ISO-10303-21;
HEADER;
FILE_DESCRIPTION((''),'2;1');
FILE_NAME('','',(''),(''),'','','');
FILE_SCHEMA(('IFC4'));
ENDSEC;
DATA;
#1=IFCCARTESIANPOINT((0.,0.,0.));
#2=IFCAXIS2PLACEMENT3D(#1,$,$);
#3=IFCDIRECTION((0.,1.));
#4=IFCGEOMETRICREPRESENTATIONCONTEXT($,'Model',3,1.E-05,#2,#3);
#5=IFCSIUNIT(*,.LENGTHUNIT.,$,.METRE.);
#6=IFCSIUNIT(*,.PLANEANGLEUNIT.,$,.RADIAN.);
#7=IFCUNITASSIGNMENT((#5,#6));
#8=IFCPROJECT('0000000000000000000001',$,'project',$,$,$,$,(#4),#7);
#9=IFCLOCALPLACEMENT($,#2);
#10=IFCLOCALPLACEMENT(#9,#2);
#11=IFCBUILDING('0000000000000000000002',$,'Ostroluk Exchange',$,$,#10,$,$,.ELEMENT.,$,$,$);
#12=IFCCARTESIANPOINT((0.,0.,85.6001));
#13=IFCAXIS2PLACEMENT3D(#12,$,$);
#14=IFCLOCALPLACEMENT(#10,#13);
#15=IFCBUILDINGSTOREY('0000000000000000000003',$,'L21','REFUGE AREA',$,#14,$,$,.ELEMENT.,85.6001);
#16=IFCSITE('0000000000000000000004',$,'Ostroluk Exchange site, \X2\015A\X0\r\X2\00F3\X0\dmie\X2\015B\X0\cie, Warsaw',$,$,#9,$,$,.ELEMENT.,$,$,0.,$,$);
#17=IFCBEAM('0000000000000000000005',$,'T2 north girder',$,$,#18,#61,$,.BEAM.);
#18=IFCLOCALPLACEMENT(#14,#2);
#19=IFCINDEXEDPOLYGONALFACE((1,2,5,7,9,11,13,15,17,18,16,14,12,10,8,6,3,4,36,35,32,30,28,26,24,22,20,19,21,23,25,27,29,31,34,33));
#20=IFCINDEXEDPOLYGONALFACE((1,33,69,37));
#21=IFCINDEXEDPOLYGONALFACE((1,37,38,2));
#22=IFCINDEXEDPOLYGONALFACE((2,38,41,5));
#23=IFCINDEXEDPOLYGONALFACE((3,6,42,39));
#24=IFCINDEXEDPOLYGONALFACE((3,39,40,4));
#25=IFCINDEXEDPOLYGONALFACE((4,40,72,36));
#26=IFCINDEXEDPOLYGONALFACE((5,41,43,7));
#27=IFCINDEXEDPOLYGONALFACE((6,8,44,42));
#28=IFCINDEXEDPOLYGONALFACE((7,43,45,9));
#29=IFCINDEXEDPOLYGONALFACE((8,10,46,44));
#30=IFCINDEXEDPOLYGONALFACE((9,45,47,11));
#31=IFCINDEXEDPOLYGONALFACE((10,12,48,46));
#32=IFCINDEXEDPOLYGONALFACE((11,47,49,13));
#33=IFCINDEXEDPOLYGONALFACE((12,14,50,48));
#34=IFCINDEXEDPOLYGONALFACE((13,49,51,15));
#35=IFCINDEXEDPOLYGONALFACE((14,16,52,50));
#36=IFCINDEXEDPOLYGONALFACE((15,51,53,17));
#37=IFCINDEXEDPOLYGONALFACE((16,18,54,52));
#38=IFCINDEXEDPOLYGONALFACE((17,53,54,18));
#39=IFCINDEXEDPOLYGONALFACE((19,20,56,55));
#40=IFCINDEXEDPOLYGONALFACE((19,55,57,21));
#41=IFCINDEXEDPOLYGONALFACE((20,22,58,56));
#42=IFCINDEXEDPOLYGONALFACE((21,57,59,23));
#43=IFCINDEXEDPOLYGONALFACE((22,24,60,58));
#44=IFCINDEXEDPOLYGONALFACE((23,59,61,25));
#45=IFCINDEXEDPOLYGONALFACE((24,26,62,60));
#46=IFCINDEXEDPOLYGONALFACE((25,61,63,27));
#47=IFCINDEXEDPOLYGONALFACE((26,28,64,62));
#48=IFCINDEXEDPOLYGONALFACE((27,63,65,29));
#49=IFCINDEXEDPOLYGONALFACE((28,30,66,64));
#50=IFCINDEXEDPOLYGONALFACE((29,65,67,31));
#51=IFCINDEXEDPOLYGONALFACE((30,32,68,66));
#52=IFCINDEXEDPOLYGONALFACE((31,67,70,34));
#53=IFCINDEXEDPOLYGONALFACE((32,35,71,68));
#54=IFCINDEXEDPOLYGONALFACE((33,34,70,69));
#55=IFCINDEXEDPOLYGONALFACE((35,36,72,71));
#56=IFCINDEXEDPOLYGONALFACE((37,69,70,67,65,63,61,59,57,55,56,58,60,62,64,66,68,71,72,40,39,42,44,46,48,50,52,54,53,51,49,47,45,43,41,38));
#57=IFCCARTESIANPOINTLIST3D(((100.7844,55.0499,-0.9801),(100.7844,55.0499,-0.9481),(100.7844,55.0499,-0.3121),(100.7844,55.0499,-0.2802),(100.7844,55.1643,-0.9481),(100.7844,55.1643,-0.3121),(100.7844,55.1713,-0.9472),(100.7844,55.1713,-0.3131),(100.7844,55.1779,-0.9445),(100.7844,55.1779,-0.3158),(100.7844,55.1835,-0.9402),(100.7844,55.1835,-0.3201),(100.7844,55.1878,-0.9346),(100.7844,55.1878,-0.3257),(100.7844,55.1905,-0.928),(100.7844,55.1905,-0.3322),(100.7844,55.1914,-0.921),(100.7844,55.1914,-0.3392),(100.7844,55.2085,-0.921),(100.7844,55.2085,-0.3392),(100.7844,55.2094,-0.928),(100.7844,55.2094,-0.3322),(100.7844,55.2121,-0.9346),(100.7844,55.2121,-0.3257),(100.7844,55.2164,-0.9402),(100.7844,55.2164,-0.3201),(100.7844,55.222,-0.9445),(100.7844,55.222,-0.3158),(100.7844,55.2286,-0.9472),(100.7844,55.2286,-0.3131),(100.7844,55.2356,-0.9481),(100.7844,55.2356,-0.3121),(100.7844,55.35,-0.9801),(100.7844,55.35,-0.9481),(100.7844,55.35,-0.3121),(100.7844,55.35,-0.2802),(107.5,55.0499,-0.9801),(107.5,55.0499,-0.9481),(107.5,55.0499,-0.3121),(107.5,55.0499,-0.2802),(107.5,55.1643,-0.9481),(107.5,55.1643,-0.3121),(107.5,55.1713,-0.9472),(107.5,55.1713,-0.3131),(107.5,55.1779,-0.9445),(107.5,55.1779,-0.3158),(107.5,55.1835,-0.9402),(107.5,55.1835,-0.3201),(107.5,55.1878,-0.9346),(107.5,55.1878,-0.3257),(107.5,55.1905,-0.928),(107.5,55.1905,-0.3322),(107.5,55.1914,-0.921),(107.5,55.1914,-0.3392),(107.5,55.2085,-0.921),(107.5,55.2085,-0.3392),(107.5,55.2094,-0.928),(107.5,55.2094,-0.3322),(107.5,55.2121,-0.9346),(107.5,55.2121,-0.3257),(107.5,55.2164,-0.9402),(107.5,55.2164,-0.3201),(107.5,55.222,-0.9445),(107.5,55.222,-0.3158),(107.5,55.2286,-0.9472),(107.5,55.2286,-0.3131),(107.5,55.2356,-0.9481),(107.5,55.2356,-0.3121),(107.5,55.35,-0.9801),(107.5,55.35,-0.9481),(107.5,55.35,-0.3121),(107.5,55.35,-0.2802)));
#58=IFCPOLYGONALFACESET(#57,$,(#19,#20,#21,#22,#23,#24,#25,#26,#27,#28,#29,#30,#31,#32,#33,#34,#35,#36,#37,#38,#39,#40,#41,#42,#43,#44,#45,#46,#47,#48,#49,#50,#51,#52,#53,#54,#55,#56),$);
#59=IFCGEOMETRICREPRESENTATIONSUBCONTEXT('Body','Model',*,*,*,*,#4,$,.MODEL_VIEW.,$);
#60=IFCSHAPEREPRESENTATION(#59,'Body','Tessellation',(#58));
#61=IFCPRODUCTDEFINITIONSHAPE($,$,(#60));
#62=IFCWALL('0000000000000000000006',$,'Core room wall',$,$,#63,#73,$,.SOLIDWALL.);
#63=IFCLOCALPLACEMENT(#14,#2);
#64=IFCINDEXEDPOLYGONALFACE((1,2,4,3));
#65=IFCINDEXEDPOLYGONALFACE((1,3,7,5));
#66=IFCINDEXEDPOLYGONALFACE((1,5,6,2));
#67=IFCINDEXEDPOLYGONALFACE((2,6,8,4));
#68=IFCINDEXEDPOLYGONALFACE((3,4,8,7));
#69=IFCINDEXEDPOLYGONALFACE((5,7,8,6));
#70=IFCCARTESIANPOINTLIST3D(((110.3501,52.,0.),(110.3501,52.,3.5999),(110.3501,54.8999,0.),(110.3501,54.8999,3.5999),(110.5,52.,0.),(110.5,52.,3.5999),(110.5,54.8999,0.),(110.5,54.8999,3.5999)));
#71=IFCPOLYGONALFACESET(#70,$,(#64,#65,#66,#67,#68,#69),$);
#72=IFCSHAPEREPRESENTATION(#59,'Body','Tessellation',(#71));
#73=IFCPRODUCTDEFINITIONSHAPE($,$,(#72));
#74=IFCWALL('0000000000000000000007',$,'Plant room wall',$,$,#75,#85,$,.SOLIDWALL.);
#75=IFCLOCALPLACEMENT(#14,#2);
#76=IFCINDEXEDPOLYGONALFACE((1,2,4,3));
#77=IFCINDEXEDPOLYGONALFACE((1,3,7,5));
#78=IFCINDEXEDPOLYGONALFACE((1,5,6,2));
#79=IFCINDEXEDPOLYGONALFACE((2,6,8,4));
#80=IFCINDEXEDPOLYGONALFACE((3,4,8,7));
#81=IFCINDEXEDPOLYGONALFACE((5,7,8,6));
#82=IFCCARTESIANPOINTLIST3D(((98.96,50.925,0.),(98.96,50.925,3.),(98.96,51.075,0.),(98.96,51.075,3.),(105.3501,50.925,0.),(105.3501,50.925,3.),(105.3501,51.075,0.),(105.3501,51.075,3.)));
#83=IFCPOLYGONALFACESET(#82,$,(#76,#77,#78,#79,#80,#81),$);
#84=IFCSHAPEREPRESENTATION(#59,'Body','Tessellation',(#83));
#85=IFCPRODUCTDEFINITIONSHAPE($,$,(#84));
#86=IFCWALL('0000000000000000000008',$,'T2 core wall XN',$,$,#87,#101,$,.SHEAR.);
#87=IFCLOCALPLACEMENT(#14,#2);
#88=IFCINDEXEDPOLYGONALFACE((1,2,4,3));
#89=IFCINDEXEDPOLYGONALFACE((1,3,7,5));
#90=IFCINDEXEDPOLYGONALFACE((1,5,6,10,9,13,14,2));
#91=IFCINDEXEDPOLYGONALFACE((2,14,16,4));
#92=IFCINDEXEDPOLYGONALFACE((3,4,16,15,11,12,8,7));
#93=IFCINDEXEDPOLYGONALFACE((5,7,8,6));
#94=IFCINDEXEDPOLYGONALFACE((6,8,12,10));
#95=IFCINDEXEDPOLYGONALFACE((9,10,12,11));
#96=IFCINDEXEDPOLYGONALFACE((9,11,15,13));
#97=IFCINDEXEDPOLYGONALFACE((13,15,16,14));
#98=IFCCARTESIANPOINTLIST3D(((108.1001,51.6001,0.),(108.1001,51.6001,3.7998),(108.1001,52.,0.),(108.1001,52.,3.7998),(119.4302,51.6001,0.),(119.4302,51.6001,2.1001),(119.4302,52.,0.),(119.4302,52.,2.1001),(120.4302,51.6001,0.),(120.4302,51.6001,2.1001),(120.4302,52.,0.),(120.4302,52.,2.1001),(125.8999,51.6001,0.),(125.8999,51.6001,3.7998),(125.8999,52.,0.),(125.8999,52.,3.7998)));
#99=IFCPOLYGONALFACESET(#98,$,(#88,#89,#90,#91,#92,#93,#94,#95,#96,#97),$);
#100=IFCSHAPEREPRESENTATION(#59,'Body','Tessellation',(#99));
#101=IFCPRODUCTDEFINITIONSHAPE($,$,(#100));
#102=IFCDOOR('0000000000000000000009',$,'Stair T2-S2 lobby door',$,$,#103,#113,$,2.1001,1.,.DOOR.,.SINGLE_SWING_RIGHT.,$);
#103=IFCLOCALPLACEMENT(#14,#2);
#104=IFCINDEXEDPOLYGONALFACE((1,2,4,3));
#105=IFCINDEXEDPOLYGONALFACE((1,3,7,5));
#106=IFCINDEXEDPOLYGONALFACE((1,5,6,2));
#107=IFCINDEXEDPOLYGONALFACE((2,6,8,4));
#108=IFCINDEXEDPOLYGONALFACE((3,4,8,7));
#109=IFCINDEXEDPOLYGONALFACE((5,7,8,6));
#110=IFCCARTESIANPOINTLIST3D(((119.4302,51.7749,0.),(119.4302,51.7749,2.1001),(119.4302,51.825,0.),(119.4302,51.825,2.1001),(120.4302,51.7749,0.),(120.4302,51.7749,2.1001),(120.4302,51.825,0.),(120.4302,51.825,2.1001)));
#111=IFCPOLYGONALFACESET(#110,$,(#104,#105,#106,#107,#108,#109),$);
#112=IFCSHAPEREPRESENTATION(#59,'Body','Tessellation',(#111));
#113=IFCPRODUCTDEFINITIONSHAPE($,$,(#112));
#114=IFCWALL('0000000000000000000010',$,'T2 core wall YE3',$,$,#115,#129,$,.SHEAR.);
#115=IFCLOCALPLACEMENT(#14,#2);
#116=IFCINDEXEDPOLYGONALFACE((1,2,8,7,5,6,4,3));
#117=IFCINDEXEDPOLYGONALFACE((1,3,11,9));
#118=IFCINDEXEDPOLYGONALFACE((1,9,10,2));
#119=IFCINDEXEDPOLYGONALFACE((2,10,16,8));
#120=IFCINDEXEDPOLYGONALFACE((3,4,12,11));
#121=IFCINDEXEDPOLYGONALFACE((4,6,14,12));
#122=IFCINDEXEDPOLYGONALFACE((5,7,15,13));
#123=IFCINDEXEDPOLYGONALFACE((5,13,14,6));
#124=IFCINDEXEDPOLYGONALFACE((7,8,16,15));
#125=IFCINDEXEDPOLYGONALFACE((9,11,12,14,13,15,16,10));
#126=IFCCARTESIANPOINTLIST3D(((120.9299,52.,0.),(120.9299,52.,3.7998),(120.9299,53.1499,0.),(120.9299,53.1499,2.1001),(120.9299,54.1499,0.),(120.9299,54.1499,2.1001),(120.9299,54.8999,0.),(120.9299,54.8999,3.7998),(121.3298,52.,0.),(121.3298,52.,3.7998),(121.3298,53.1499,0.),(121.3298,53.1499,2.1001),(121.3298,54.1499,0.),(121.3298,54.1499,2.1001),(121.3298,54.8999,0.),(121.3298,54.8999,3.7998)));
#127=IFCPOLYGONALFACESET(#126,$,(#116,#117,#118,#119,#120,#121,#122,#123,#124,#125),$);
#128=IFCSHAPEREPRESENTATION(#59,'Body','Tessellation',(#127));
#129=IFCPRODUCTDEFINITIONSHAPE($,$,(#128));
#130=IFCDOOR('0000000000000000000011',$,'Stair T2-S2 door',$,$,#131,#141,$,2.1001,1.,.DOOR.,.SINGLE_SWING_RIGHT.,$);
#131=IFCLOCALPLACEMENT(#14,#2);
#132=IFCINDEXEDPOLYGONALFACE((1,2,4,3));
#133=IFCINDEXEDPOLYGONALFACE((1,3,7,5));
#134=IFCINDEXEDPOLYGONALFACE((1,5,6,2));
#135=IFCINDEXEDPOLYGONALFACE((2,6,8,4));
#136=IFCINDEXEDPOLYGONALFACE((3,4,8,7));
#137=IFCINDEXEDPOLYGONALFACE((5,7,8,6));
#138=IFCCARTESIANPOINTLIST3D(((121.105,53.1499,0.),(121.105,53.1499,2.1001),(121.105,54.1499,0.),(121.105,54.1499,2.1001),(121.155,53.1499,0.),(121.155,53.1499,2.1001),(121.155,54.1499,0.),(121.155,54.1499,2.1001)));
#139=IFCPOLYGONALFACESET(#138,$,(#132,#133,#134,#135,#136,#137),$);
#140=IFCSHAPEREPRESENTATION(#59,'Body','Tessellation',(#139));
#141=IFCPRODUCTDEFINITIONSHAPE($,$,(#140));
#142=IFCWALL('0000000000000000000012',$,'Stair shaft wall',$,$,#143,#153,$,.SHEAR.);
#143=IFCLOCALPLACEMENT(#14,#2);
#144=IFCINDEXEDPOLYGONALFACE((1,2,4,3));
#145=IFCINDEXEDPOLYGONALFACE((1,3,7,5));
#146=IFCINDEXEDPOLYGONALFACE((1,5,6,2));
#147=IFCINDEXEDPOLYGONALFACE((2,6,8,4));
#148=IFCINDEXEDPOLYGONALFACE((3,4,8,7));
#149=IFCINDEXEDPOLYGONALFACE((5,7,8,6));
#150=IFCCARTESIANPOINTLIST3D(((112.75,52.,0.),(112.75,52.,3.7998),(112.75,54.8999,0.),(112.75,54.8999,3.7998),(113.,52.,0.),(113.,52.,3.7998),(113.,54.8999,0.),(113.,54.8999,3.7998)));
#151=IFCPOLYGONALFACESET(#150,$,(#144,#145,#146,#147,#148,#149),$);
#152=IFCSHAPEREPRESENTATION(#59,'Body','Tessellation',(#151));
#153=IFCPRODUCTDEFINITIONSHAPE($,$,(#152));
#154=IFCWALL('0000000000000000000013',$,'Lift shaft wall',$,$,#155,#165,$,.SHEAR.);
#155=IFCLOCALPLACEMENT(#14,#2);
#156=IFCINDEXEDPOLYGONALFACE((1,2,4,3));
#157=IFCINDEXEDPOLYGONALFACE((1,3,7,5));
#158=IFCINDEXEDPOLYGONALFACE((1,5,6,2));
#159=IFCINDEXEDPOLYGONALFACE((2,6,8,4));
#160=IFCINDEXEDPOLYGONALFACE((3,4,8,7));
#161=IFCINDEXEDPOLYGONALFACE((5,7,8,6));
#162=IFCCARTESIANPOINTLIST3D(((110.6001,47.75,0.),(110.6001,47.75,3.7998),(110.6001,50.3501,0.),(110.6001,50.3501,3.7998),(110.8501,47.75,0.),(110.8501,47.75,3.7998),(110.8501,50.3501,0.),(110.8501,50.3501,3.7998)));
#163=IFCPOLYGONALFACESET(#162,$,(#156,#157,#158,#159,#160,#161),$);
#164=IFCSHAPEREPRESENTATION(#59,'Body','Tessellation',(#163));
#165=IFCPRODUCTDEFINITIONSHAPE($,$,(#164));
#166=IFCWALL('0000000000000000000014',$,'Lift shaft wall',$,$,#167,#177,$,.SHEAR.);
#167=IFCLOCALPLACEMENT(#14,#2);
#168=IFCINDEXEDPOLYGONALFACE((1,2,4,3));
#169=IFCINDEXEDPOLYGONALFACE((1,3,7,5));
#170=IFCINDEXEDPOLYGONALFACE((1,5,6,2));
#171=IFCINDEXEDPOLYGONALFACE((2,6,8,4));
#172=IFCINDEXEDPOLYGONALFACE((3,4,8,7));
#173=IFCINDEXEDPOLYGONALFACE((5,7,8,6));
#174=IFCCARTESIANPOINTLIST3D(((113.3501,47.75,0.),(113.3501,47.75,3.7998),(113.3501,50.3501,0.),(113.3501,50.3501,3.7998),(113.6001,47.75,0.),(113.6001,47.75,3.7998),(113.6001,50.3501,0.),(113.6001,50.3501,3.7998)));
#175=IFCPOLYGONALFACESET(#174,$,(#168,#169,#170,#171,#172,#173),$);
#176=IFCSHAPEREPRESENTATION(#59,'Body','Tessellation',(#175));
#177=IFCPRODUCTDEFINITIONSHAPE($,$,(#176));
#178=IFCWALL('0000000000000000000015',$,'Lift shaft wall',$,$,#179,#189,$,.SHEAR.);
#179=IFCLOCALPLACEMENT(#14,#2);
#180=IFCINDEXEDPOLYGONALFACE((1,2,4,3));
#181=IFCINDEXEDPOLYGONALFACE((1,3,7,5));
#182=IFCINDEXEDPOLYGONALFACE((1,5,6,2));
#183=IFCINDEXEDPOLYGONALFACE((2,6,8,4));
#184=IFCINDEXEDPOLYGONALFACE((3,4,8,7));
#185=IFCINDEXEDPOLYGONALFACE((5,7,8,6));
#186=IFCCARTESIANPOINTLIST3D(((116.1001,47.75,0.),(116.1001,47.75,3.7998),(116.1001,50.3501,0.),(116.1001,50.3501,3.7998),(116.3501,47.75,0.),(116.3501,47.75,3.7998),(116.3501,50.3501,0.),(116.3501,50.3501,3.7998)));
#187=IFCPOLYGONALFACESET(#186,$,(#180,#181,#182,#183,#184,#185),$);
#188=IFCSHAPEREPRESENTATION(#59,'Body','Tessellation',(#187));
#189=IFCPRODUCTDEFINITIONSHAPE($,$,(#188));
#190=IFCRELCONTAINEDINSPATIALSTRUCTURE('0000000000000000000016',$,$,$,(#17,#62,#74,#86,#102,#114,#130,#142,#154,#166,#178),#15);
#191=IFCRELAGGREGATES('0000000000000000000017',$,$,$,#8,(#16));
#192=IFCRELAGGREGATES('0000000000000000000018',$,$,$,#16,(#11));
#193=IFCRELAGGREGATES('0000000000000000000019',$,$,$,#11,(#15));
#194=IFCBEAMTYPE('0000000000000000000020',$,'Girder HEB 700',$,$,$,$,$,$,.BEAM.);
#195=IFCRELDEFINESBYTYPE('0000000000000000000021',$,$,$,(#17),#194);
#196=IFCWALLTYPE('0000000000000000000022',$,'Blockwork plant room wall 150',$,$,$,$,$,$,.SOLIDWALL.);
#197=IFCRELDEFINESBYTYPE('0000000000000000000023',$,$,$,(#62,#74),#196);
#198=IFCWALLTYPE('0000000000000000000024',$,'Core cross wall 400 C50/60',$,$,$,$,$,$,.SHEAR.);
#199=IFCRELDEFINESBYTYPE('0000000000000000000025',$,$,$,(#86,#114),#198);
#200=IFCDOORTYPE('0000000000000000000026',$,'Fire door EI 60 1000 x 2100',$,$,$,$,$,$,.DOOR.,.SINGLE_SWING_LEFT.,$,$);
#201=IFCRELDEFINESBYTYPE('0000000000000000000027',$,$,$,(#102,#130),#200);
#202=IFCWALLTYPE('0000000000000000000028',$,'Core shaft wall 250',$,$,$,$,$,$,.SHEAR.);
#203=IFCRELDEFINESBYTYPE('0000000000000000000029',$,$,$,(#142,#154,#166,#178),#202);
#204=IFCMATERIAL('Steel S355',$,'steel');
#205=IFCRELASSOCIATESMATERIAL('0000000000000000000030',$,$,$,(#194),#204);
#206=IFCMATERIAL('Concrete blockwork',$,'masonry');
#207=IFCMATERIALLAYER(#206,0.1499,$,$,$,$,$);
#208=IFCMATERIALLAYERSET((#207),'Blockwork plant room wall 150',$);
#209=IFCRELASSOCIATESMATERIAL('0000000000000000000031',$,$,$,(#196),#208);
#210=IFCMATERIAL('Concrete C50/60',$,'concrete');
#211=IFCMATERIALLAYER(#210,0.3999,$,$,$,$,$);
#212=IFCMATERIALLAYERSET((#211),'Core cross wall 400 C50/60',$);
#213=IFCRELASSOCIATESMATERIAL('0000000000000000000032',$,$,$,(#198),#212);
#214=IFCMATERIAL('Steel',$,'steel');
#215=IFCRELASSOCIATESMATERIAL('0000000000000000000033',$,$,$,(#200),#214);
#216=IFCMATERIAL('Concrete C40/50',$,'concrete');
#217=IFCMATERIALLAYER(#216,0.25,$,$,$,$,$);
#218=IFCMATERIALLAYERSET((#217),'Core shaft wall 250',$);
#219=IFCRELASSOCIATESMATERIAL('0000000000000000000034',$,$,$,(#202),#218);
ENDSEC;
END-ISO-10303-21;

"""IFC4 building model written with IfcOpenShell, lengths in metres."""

from ifc_helpers import new_model, si_unit, direction, frame, frame_2d, origin, origin_2d, place, context, subcontext, project, spatial, rectangle, i_section, extrude, material, layer, layer_set, material_profile, profile_set, type_object, element, fill, save


model = new_model("IFC4")

# Units and contexts
model_context = context("Model", 3, precision=1e-05, world=origin(), true_north=direction((0.0, 1.0)))
body_context = subcontext(model_context, "Body", "Model", "MODEL_VIEW")
ifc_project = project(units=[si_unit("LENGTHUNIT", "METRE"), si_unit("PLANEANGLEUNIT", "RADIAN")], contexts=[model_context])

# Site, building, storey
site_placement = place(None, origin())
site = spatial("IfcSite", under=ifc_project, at=site_placement, Name="Ostroluk Exchange site, Śródmieście, Warsaw", CompositionType="ELEMENT", RefElevation=0.0)
building_placement = place(site_placement, origin())
building = spatial("IfcBuilding", under=site, at=building_placement, Name="Ostroluk Exchange", CompositionType="ELEMENT")
storey_placement = place(building_placement, frame((0.0, 0.0, 85.6001)))
storey = spatial("IfcBuildingStorey", under=building, at=storey_placement, Name="L21", Description="REFUGE AREA", CompositionType="ELEMENT", Elevation=85.6001)

# Beam
ifc_material_1 = material(Name="Steel S355", Category="steel")
ifc_material_profile_1 = material_profile(ifc_material_1, i_section(OverallWidth=0.3, OverallDepth=0.7, WebThickness=0.0171, FlangeThickness=0.032, FilletRadius=0.0271, at=origin_2d()), Name="HEB 700")
ifc_profile_set_1 = profile_set([ifc_material_profile_1], Name="Steel S355")
beam_type_1 = type_object("IfcBeamType", Name="Girder HEB 700", PredefinedType="BEAM", material=ifc_profile_set_1)
beam_1_placement = place(storey_placement, frame((107.5, 55.2, -0.6301), z_axis=(-1.0, 0.0, 0.0), x_axis=(0.0, -1.0, 0.0)))
element("IfcBeam", 1, at=beam_1_placement, inside=storey, type_object=beam_type_1, Name="T2 north girder", PredefinedType="BEAM", context=body_context, shape_type="SweptSolid", body=[
    extrude(i_section(OverallWidth=0.3, OverallDepth=0.7, WebThickness=0.0171, FlangeThickness=0.032, FilletRadius=0.0271, at=origin_2d()), origin(), (0.0, 0.0, 1.0), 6.7156),
])

# Walls
ifc_material_2 = material(Name="Concrete blockwork", Category="masonry")
ifc_layer_1 = layer(ifc_material_2, 0.1499)
ifc_layer_set_1 = layer_set([ifc_layer_1], Name="Blockwork plant room wall 150")
wall_type_1 = type_object("IfcWallType", Name="Blockwork plant room wall 150", PredefinedType="SOLIDWALL", material=ifc_layer_set_1)
wall_1_placement = place(storey_placement, frame((110.425, 52.0, 0.0), z_axis=(0.0, 0.0, 1.0), x_axis=(0.0, 1.0, 0.0)))
element("IfcWall", 2, at=wall_1_placement, inside=storey, type_object=wall_type_1, Name="Core room wall", PredefinedType="SOLIDWALL", context=body_context, shape_type="SweptSolid", body=[
    extrude(rectangle(XDim=2.8999, YDim=0.1499, at=frame_2d((1.45, 0.0))), origin(), (0.0, 0.0, 1.0), 3.5999),
])
wall_2_placement = place(storey_placement, frame((105.3501, 51.0, 0.0), z_axis=(0.0, 0.0, 1.0), x_axis=(-1.0, 0.0, 0.0)))
element("IfcWall", 3, at=wall_2_placement, inside=storey, type_object=wall_type_1, Name="Plant room wall", PredefinedType="SOLIDWALL", context=body_context, shape_type="SweptSolid", body=[
    extrude(rectangle(XDim=6.3901, YDim=0.1499, at=frame_2d((3.1951, 0.0))), origin(), (0.0, 0.0, 1.0), 3.0),
])

# Walls, openings, doors
ifc_material_3 = material(Name="Concrete C50/60", Category="concrete")
ifc_layer_2 = layer(ifc_material_3, 0.3999)
ifc_layer_set_2 = layer_set([ifc_layer_2], Name="Core cross wall 400 C50/60")
wall_type_2 = type_object("IfcWallType", Name="Core cross wall 400 C50/60", PredefinedType="SHEAR", material=ifc_layer_set_2)
wall_3_placement = place(storey_placement, frame((108.1001, 51.8, 0.0), z_axis=(0.0, 0.0, 1.0), x_axis=(1.0, 0.0, 0.0)))
wall_3 = element("IfcWall", 4, at=wall_3_placement, inside=storey, type_object=wall_type_2, Name="T2 core wall XN", PredefinedType="SHEAR", context=body_context, shape_type="SweptSolid", body=[
    extrude(rectangle(XDim=17.7998, YDim=0.3999, at=frame_2d((8.8999, 0.0))), origin(), (0.0, 0.0, 1.0), 3.7998),
])
opening_1_placement = place(wall_3_placement, frame((11.3301, 0.0, 0.0)))
opening_1 = element("IfcOpeningElement", 5, at=opening_1_placement, cuts=wall_3, PredefinedType="OPENING", context=body_context, shape_type="SweptSolid", body=[
    extrude(rectangle(XDim=1.0, YDim=2.1001, at=frame_2d((0.5, 1.05))), frame((0.0, 0.21, 0.0), z_axis=(0.0, -1.0, 0.0), x_axis=(1.0, 0.0, 0.0)), (0.0, 0.0, 1.0), 0.4199),
])
ifc_material_4 = material(Name="Steel", Category="steel")
door_type = type_object("IfcDoorType", Name="Fire door EI 60 1000 x 2100", OperationType="SINGLE_SWING_LEFT", PredefinedType="DOOR", material=ifc_material_4)
door_1_placement = place(opening_1_placement, origin())
door_1 = element("IfcDoor", 6, at=door_1_placement, inside=storey, type_object=door_type, Name="Stair T2-S2 lobby door", OperationType="SINGLE_SWING_RIGHT", OverallHeight=2.1001, OverallWidth=1.0, PredefinedType="DOOR", context=body_context, shape_type="SweptSolid", body=[
    extrude(rectangle(XDim=1.0, YDim=2.1001, at=frame_2d((0.5, 1.05))), frame((0.0, 0.0249, 0.0), z_axis=(0.0, -1.0, 0.0), x_axis=(1.0, 0.0, 0.0)), (0.0, 0.0, 1.0), 0.05),
])
fill(opening_1, door_1)
wall_4_placement = place(storey_placement, frame((121.1299, 52.0, 0.0), z_axis=(0.0, 0.0, 1.0), x_axis=(0.0, 1.0, 0.0)))
wall_4 = element("IfcWall", 7, at=wall_4_placement, inside=storey, type_object=wall_type_2, Name="T2 core wall YE3", PredefinedType="SHEAR", context=body_context, shape_type="SweptSolid", body=[
    extrude(rectangle(XDim=2.8999, YDim=0.3999, at=frame_2d((1.45, 0.0))), origin(), (0.0, 0.0, 1.0), 3.7998),
])
opening_2_placement = place(wall_4_placement, frame((1.1499, 0.0, 0.0)))
opening_2 = element("IfcOpeningElement", 8, at=opening_2_placement, cuts=wall_4, PredefinedType="OPENING", context=body_context, shape_type="SweptSolid", body=[
    extrude(rectangle(XDim=1.0, YDim=2.1001, at=frame_2d((0.5, 1.05))), frame((0.0, 0.21, 0.0), z_axis=(0.0, -1.0, 0.0), x_axis=(1.0, 0.0, 0.0)), (0.0, 0.0, 1.0), 0.4199),
])
door_2_placement = place(opening_2_placement, origin())
door_2 = element("IfcDoor", 9, at=door_2_placement, inside=storey, type_object=door_type, Name="Stair T2-S2 door", OperationType="SINGLE_SWING_RIGHT", OverallHeight=2.1001, OverallWidth=1.0, PredefinedType="DOOR", context=body_context, shape_type="SweptSolid", body=[
    extrude(rectangle(XDim=1.0, YDim=2.1001, at=frame_2d((0.5, 1.05))), frame((0.0, 0.0249, 0.0), z_axis=(0.0, -1.0, 0.0), x_axis=(1.0, 0.0, 0.0)), (0.0, 0.0, 1.0), 0.05),
])
fill(opening_2, door_2)

# Walls
ifc_material_5 = material(Name="Concrete C40/50", Category="concrete")
ifc_layer_3 = layer(ifc_material_5, 0.25)
ifc_layer_set_3 = layer_set([ifc_layer_3], Name="Core shaft wall 250")
wall_type_3 = type_object("IfcWallType", Name="Core shaft wall 250", PredefinedType="SHEAR", material=ifc_layer_set_3)
wall_5_placement = place(storey_placement, frame((112.875, 52.0, 0.0), z_axis=(0.0, 0.0, 1.0), x_axis=(0.0, 1.0, 0.0)))
element("IfcWall", 10, at=wall_5_placement, inside=storey, type_object=wall_type_3, Name="Stair shaft wall", PredefinedType="SHEAR", context=body_context, shape_type="SweptSolid", body=[
    extrude(rectangle(XDim=2.8999, YDim=0.25, at=frame_2d((1.45, 0.0))), origin(), (0.0, 0.0, 1.0), 3.7998),
])
for number, where, z_axis, x_axis, name in (
    (11, (110.7251, 47.75, 0.0), (0.0, 0.0, 1.0), (0.0, 1.0, 0.0), "Lift shaft wall"),
    (12, (113.4751, 47.75, 0.0), (0.0, 0.0, 1.0), (0.0, 1.0, 0.0), "Lift shaft wall"),
    (13, (116.2251, 47.75, 0.0), (0.0, 0.0, 1.0), (0.0, 1.0, 0.0), "Lift shaft wall"),
):
    element("IfcWall", number, at=place(storey_placement, frame(where, z_axis=z_axis, x_axis=x_axis)), inside=storey, type_object=wall_type_3, Name=name, PredefinedType="SHEAR", context=body_context, shape_type="SweptSolid", body=[
        extrude(rectangle(XDim=2.6001, YDim=0.25, at=frame_2d((1.3, 0.0))), origin(), (0.0, 0.0, 1.0), 3.7998),
    ])

save(model, "model.ifc")
